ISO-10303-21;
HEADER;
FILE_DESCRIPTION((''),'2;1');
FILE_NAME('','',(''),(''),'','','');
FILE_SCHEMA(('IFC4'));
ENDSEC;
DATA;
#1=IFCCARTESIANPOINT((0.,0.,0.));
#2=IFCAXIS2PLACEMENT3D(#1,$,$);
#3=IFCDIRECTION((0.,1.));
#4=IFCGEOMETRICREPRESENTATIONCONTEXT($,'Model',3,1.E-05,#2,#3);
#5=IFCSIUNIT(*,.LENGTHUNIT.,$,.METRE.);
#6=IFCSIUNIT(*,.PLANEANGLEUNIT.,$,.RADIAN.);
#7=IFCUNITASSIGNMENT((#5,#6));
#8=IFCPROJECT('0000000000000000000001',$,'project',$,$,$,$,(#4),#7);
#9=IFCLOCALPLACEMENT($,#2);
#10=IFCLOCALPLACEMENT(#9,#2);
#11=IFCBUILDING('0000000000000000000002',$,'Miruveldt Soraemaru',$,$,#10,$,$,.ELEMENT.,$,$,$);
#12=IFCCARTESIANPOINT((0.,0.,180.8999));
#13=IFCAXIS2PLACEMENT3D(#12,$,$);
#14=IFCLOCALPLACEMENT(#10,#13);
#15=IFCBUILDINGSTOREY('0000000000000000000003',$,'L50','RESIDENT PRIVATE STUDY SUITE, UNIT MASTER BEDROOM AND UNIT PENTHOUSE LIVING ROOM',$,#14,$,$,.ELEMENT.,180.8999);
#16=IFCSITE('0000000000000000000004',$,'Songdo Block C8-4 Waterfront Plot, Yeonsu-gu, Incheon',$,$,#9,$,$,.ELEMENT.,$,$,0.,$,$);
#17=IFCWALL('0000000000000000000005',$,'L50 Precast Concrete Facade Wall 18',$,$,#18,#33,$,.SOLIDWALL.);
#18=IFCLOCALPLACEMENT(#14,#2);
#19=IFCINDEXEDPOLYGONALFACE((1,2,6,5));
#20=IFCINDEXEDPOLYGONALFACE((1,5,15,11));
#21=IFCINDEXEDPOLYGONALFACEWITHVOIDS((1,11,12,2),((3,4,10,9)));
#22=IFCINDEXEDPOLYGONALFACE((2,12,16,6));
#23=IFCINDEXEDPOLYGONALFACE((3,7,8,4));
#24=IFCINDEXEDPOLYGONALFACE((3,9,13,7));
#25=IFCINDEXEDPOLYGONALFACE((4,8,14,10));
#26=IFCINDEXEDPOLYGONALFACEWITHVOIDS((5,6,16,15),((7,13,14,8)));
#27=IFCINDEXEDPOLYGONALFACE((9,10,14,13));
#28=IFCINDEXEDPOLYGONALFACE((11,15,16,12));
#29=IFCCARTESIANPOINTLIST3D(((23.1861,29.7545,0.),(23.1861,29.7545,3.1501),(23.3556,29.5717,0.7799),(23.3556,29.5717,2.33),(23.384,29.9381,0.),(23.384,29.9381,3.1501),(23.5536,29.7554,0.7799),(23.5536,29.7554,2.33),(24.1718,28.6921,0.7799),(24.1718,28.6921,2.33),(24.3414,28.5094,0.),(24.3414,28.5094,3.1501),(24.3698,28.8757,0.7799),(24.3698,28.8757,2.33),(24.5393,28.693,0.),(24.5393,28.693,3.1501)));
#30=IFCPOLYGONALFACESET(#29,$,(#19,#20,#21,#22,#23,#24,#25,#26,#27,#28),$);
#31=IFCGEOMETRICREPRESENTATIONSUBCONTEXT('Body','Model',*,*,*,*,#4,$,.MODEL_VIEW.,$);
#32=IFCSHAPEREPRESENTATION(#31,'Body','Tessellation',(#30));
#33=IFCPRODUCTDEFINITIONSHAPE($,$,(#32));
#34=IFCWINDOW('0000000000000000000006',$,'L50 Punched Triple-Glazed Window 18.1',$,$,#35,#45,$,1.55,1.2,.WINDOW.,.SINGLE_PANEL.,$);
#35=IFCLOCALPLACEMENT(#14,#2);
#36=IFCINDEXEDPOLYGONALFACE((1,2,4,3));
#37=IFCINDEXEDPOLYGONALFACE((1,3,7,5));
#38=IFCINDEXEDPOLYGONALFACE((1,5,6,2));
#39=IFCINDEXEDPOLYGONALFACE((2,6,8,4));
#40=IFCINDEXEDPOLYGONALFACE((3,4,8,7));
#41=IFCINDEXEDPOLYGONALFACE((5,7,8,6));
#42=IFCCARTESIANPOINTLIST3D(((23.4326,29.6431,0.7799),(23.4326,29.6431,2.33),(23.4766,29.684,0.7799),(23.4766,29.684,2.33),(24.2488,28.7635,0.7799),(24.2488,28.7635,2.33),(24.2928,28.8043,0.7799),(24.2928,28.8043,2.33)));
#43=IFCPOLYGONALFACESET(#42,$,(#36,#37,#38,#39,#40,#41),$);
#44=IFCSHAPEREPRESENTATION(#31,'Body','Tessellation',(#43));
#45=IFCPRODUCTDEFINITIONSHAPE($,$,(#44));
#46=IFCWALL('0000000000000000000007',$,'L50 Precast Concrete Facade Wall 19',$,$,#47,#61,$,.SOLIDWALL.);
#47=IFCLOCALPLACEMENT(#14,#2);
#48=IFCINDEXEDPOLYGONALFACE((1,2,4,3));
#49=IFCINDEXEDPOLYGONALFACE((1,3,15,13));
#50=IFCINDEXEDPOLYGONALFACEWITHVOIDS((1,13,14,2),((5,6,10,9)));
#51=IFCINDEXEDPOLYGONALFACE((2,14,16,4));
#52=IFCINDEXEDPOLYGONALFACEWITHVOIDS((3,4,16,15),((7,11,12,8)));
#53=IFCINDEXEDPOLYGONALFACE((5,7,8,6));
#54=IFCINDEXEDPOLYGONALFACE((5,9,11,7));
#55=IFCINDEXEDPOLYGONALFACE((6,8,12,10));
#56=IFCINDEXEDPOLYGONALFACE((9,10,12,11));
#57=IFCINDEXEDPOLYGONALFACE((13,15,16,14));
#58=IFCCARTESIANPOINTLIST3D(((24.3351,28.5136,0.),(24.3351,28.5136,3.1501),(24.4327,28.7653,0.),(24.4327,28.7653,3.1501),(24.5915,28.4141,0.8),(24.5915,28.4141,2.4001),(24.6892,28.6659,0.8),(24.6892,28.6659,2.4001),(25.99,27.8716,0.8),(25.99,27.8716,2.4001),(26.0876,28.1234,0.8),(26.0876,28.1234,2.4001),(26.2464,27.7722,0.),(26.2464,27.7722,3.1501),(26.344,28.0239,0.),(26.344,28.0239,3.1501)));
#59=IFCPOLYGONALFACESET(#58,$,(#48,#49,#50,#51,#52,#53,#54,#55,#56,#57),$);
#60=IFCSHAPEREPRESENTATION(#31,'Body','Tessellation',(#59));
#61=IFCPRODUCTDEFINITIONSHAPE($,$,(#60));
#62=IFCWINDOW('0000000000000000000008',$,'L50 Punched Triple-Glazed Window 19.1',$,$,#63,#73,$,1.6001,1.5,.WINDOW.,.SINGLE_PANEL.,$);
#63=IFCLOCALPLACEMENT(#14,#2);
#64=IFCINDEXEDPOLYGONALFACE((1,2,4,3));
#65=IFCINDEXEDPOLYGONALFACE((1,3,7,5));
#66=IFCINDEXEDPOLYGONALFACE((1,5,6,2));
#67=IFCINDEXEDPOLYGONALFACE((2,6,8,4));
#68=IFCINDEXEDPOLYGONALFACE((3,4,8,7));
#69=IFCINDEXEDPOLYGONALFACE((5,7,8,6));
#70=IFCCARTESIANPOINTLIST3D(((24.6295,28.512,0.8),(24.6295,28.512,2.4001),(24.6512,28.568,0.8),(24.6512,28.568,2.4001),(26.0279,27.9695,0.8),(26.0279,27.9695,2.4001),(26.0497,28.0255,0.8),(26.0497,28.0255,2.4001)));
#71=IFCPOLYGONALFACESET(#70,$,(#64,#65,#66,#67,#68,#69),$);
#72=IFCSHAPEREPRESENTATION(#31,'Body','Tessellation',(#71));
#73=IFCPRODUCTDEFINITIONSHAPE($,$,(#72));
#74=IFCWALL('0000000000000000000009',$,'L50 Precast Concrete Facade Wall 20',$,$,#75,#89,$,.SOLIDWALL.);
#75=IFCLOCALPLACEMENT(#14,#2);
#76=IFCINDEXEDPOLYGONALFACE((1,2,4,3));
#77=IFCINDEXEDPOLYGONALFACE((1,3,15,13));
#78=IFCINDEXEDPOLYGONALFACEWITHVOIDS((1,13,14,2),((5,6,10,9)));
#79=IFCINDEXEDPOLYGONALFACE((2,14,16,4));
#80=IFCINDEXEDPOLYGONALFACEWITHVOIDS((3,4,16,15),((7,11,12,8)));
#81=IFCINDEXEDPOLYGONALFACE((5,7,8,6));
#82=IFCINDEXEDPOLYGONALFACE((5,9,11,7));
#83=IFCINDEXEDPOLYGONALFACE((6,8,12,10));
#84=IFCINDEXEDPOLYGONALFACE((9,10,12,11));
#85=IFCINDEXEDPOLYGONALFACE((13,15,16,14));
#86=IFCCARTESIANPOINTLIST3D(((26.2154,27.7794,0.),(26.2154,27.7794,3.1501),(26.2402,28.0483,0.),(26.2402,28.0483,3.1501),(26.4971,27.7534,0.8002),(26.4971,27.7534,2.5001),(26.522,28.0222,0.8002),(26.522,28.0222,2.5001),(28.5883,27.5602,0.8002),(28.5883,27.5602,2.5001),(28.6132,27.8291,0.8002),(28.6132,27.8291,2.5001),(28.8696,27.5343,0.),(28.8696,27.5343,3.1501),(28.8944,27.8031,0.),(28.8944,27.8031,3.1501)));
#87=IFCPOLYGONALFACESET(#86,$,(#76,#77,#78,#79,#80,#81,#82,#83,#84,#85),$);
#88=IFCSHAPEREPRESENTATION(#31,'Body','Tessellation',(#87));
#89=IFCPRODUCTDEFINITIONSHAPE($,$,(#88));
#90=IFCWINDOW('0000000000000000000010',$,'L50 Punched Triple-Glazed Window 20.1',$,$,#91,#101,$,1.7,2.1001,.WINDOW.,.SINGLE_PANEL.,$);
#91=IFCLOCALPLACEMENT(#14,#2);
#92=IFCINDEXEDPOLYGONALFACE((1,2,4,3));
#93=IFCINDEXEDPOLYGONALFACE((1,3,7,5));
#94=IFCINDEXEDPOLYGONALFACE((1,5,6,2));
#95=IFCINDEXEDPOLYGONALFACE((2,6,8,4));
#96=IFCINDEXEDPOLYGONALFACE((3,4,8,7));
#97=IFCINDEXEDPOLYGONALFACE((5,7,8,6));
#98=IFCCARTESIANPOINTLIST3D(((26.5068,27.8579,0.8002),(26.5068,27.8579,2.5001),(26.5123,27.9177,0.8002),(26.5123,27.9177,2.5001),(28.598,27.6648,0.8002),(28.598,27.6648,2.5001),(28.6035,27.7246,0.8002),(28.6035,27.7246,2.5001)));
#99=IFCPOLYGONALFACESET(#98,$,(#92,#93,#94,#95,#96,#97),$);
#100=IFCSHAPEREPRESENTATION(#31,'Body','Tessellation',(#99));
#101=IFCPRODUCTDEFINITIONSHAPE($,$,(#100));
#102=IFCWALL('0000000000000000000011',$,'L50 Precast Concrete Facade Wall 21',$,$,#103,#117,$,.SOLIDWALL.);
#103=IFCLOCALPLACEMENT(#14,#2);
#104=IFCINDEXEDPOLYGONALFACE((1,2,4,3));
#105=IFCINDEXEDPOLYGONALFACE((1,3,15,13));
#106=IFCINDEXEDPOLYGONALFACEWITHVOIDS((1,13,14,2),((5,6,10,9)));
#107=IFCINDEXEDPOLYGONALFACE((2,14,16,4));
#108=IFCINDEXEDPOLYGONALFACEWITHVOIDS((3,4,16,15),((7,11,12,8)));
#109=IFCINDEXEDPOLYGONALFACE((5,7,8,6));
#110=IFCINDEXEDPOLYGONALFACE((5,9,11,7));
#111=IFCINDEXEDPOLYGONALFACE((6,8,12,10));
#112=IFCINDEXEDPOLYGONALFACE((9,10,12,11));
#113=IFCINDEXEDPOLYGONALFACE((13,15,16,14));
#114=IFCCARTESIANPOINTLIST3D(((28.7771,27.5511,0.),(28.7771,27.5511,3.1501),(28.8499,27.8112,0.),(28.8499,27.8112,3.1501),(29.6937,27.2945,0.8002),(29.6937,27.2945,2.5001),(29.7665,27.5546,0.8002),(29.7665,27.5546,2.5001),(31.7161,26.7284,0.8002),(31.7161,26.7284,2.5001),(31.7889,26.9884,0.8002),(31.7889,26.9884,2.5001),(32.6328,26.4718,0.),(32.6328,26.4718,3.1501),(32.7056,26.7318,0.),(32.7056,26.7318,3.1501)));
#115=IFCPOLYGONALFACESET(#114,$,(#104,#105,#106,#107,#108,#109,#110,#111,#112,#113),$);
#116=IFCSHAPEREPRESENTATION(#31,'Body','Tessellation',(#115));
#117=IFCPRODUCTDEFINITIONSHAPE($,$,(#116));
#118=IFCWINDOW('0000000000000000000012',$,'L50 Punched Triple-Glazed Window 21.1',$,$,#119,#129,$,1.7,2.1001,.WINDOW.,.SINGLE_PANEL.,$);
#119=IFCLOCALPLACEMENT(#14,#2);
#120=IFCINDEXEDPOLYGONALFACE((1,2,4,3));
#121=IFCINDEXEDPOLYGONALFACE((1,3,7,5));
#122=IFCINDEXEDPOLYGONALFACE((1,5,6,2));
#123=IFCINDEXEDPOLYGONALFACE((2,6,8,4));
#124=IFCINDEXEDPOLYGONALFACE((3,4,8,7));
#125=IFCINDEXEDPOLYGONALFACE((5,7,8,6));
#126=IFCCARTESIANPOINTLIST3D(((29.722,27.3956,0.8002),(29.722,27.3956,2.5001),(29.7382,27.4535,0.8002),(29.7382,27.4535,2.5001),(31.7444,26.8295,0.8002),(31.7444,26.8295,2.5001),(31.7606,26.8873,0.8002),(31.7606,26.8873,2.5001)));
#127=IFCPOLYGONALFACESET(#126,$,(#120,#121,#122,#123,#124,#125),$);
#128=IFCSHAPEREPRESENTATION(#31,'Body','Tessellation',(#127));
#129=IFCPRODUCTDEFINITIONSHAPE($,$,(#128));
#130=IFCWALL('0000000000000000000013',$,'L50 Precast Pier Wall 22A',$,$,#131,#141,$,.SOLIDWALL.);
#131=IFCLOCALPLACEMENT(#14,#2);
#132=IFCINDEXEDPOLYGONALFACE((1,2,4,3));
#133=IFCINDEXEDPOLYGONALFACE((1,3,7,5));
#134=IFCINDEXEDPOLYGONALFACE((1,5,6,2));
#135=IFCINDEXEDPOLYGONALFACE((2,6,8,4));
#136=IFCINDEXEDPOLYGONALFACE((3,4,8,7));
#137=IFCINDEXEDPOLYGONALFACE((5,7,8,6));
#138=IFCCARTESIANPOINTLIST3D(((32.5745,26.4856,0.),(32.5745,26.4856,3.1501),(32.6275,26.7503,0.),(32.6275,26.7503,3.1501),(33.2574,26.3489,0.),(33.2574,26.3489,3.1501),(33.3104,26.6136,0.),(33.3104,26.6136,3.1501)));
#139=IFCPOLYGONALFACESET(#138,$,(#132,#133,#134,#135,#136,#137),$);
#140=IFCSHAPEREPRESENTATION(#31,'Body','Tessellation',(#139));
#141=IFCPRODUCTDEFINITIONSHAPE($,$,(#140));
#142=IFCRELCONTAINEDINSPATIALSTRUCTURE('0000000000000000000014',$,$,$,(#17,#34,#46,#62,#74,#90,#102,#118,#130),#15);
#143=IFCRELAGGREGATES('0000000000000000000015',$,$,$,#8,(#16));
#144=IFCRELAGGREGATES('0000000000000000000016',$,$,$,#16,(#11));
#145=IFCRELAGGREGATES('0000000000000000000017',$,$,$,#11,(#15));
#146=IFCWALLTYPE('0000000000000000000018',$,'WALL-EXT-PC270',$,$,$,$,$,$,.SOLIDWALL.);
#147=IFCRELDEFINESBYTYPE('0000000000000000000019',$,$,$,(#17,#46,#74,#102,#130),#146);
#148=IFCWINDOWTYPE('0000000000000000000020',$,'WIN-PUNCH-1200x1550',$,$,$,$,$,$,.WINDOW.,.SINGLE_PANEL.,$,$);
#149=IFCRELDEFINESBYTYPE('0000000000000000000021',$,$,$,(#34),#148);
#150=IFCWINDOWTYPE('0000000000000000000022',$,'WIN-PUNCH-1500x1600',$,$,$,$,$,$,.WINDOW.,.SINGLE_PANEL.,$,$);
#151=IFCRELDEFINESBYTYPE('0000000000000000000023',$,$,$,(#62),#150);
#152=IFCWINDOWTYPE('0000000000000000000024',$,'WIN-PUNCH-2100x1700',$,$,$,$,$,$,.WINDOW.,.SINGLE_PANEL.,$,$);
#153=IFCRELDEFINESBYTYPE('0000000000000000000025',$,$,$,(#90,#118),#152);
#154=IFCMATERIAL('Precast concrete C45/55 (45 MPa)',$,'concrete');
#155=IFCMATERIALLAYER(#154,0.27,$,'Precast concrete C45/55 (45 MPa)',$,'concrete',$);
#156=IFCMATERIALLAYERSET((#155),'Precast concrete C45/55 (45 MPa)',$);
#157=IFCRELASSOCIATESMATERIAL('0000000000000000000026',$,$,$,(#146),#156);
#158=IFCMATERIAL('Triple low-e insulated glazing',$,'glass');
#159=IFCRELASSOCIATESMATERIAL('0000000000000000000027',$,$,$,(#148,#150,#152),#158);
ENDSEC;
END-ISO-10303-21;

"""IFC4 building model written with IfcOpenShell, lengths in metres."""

from ifc_helpers import new_model, si_unit, direction, frame, frame_2d, origin, place, context, subcontext, project, spatial, rectangle, extrude, material, layer, layer_set, type_object, element, fill, save


model = new_model("IFC4")

# Units and contexts
model_context = context("Model", 3, precision=1e-05, world=origin(), true_north=direction((0.0, 1.0)))
body_context = subcontext(model_context, "Body", "Model", "MODEL_VIEW")
ifc_project = project(units=[si_unit("LENGTHUNIT", "METRE"), si_unit("PLANEANGLEUNIT", "RADIAN")], contexts=[model_context])

# Site, building, storey
site_placement = place(None, origin())
site = spatial("IfcSite", under=ifc_project, at=site_placement, Name="Songdo Block C8-4 Waterfront Plot, Yeonsu-gu, Incheon", CompositionType="ELEMENT", RefElevation=0.0)
building_placement = place(site_placement, origin())
building = spatial("IfcBuilding", under=site, at=building_placement, Name="Miruveldt Soraemaru", CompositionType="ELEMENT")
storey_placement = place(building_placement, frame((0.0, 0.0, 180.8999)))
storey = spatial("IfcBuildingStorey", under=building, at=storey_placement, Name="L50", Description="RESIDENT PRIVATE STUDY SUITE, UNIT MASTER BEDROOM AND UNIT PENTHOUSE LIVING ROOM", CompositionType="ELEMENT", Elevation=180.8999)

# Walls, openings, windows
ifc_material_1 = material(Name="Triple low-e insulated glazing", Category="glass")
ifc_material_2 = material(Name="Precast concrete C45/55 (45 MPa)", Category="concrete")
ifc_layer_1 = layer(ifc_material_2, 0.27, Name="Precast concrete C45/55 (45 MPa)", Category="concrete")
ifc_layer_set_1 = layer_set([ifc_layer_1], Name="Precast concrete C45/55 (45 MPa)")
wall_type_1 = type_object("IfcWallType", Name="WALL-EXT-PC270", PredefinedType="SOLIDWALL", material=ifc_layer_set_1)
wall_1_placement = place(storey_placement, frame((23.2852, 29.8462, 0.0), z_axis=(0.0, 0.0, 1.0), x_axis=(0.680164, -0.73306, 0.0)))
wall_1 = element("IfcWall", 1, at=wall_1_placement, inside=storey, type_object=wall_type_1, Name="L50 Precast Concrete Facade Wall 18", PredefinedType="SOLIDWALL", context=body_context, shape_type="SweptSolid", body=[
    extrude(rectangle(XDim=1.6985, YDim=0.27, at=frame_2d((0.8491, 0.0))), origin(), (0.0, 0.0, 1.0), 3.1501),
])
opening_1_placement = place(wall_1_placement, frame((0.249, 0.0, 0.78)))
opening_1 = element("IfcOpeningElement", 2, at=opening_1_placement, cuts=wall_1, PredefinedType="OPENING", context=body_context, shape_type="SweptSolid", body=[
    extrude(rectangle(XDim=1.2, YDim=1.55, at=frame_2d((0.6001, 0.7749))), frame((0.0, 0.145, 0.0), z_axis=(0.0, -1.0, 0.0), x_axis=(1.0, 0.0, 0.0)), (0.0, 0.0, 1.0), 0.29),
])
window_type_1 = type_object("IfcWindowType", Name="WIN-PUNCH-1200x1550", PartitioningType="SINGLE_PANEL", PredefinedType="WINDOW", material=ifc_material_1)
window_1_placement = place(opening_1_placement, origin())
window_1 = element("IfcWindow", 3, at=window_1_placement, inside=storey, type_object=window_type_1, Name="L50 Punched Triple-Glazed Window 18.1", OverallHeight=1.55, OverallWidth=1.2, PartitioningType="SINGLE_PANEL", PredefinedType="WINDOW", context=body_context, shape_type="SweptSolid", body=[
    extrude(rectangle(XDim=1.2, YDim=1.55, at=frame_2d((0.6001, 0.7749))), frame((0.0, 0.03, 0.0), z_axis=(0.0, -1.0, 0.0), x_axis=(1.0, 0.0, 0.0)), (0.0, 0.0, 1.0), 0.0601),
])
fill(opening_1, window_1)
wall_2_placement = place(storey_placement, frame((24.384, 28.6394, 0.0), z_axis=(0.0, 0.0, 1.0), x_axis=(0.932311, -0.361659, 0.0)))
wall_2 = element("IfcWall", 4, at=wall_2_placement, inside=storey, type_object=wall_type_1, Name="L50 Precast Concrete Facade Wall 19", PredefinedType="SOLIDWALL", context=body_context, shape_type="SweptSolid", body=[
    extrude(rectangle(XDim=2.05, YDim=0.27, at=frame_2d((1.0249, 0.0))), origin(), (0.0, 0.0, 1.0), 3.1501),
])
opening_2_placement = place(wall_2_placement, frame((0.2749, 0.0, 0.8)))
opening_2 = element("IfcOpeningElement", 5, at=opening_2_placement, cuts=wall_2, PredefinedType="OPENING", context=body_context, shape_type="SweptSolid", body=[
    extrude(rectangle(XDim=1.5, YDim=1.6001, at=frame_2d((0.75, 0.8))), frame((0.0, 0.145, 0.0), z_axis=(0.0, -1.0, 0.0), x_axis=(1.0, 0.0, 0.0)), (0.0, 0.0, 1.0), 0.29),
])
window_type_2 = type_object("IfcWindowType", Name="WIN-PUNCH-1500x1600", PartitioningType="SINGLE_PANEL", PredefinedType="WINDOW", material=ifc_material_1)
window_2_placement = place(opening_2_placement, origin())
window_2 = element("IfcWindow", 6, at=window_2_placement, inside=storey, type_object=window_type_2, Name="L50 Punched Triple-Glazed Window 19.1", OverallHeight=1.6001, OverallWidth=1.5, PartitioningType="SINGLE_PANEL", PredefinedType="WINDOW", context=body_context, shape_type="SweptSolid", body=[
    extrude(rectangle(XDim=1.5, YDim=1.6001, at=frame_2d((0.75, 0.8))), frame((0.0, 0.03, 0.0), z_axis=(0.0, -1.0, 0.0), x_axis=(1.0, 0.0, 0.0)), (0.0, 0.0, 1.0), 0.0601),
])
fill(opening_2, window_2)
wall_3_placement = place(storey_placement, frame((26.2278, 27.9138, 0.0), z_axis=(0.0, 0.0, 1.0), x_axis=(0.995763, -0.091956, 0.0)))
wall_3 = element("IfcWall", 7, at=wall_3_placement, inside=storey, type_object=wall_type_1, Name="L50 Precast Concrete Facade Wall 20", PredefinedType="SOLIDWALL", context=body_context, shape_type="SweptSolid", body=[
    extrude(rectangle(XDim=2.6655, YDim=0.27, at=frame_2d((1.3328, 0.0))), origin(), (0.0, 0.0, 1.0), 3.1501),
])
opening_3_placement = place(wall_3_placement, frame((0.283, 0.0, 0.8)))
opening_3 = element("IfcOpeningElement", 8, at=opening_3_placement, cuts=wall_3, PredefinedType="OPENING", context=body_context, shape_type="SweptSolid", body=[
    extrude(rectangle(XDim=2.1001, YDim=1.7, at=frame_2d((1.05, 0.8501))), frame((0.0, 0.145, 0.0), z_axis=(0.0, -1.0, 0.0), x_axis=(1.0, 0.0, 0.0)), (0.0, 0.0, 1.0), 0.29),
])
window_type_3 = type_object("IfcWindowType", Name="WIN-PUNCH-2100x1700", PartitioningType="SINGLE_PANEL", PredefinedType="WINDOW", material=ifc_material_1)
window_3_placement = place(opening_3_placement, origin())
window_3 = element("IfcWindow", 9, at=window_3_placement, inside=storey, type_object=window_type_3, Name="L50 Punched Triple-Glazed Window 20.1", OverallHeight=1.7, OverallWidth=2.1001, PartitioningType="SINGLE_PANEL", PredefinedType="WINDOW", context=body_context, shape_type="SweptSolid", body=[
    extrude(rectangle(XDim=2.1001, YDim=1.7, at=frame_2d((1.05, 0.8501))), frame((0.0, 0.03, 0.0), z_axis=(0.0, -1.0, 0.0), x_axis=(1.0, 0.0, 0.0)), (0.0, 0.0, 1.0), 0.0601),
])
fill(opening_3, window_3)
wall_4_placement = place(storey_placement, frame((28.8135, 27.6812, 0.0), z_axis=(0.0, 0.0, 1.0), x_axis=(0.96298, -0.269571, 0.0)))
wall_4 = element("IfcWall", 10, at=wall_4_placement, inside=storey, type_object=wall_type_1, Name="L50 Precast Concrete Facade Wall 21", PredefinedType="SOLIDWALL", context=body_context, shape_type="SweptSolid", body=[
    extrude(rectangle(XDim=4.0039, YDim=0.27, at=frame_2d((2.002, 0.0))), origin(), (0.0, 0.0, 1.0), 3.1501),
])
opening_4_placement = place(wall_4_placement, frame((0.9519, 0.0, 0.8)))
opening_4 = element("IfcOpeningElement", 11, at=opening_4_placement, cuts=wall_4, PredefinedType="OPENING", context=body_context, shape_type="SweptSolid", body=[
    extrude(rectangle(XDim=2.1001, YDim=1.7, at=frame_2d((1.05, 0.8501))), frame((0.0, 0.145, 0.0), z_axis=(0.0, -1.0, 0.0), x_axis=(1.0, 0.0, 0.0)), (0.0, 0.0, 1.0), 0.29),
])
window_4_placement = place(opening_4_placement, origin())
window_4 = element("IfcWindow", 12, at=window_4_placement, inside=storey, type_object=window_type_3, Name="L50 Punched Triple-Glazed Window 21.1", OverallHeight=1.7, OverallWidth=2.1001, PartitioningType="SINGLE_PANEL", PredefinedType="WINDOW", context=body_context, shape_type="SweptSolid", body=[
    extrude(rectangle(XDim=2.1001, YDim=1.7, at=frame_2d((1.05, 0.8501))), frame((0.0, 0.03, 0.0), z_axis=(0.0, -1.0, 0.0), x_axis=(1.0, 0.0, 0.0)), (0.0, 0.0, 1.0), 0.0601),
])
fill(opening_4, window_4)

# Wall
wall_5_placement = place(storey_placement, frame((32.6011, 26.6179, 0.0), z_axis=(0.0, 0.0, 1.0), x_axis=(0.980554, -0.196251, 0.0)))
element("IfcWall", 13, at=wall_5_placement, inside=storey, type_object=wall_type_1, Name="L50 Precast Pier Wall 22A", PredefinedType="SOLIDWALL", context=body_context, shape_type="SweptSolid", body=[
    extrude(rectangle(XDim=0.6965, YDim=0.27, at=frame_2d((0.3481, 0.0))), origin(), (0.0, 0.0, 1.0), 3.1501),
])

save(model, "model.ifc")
